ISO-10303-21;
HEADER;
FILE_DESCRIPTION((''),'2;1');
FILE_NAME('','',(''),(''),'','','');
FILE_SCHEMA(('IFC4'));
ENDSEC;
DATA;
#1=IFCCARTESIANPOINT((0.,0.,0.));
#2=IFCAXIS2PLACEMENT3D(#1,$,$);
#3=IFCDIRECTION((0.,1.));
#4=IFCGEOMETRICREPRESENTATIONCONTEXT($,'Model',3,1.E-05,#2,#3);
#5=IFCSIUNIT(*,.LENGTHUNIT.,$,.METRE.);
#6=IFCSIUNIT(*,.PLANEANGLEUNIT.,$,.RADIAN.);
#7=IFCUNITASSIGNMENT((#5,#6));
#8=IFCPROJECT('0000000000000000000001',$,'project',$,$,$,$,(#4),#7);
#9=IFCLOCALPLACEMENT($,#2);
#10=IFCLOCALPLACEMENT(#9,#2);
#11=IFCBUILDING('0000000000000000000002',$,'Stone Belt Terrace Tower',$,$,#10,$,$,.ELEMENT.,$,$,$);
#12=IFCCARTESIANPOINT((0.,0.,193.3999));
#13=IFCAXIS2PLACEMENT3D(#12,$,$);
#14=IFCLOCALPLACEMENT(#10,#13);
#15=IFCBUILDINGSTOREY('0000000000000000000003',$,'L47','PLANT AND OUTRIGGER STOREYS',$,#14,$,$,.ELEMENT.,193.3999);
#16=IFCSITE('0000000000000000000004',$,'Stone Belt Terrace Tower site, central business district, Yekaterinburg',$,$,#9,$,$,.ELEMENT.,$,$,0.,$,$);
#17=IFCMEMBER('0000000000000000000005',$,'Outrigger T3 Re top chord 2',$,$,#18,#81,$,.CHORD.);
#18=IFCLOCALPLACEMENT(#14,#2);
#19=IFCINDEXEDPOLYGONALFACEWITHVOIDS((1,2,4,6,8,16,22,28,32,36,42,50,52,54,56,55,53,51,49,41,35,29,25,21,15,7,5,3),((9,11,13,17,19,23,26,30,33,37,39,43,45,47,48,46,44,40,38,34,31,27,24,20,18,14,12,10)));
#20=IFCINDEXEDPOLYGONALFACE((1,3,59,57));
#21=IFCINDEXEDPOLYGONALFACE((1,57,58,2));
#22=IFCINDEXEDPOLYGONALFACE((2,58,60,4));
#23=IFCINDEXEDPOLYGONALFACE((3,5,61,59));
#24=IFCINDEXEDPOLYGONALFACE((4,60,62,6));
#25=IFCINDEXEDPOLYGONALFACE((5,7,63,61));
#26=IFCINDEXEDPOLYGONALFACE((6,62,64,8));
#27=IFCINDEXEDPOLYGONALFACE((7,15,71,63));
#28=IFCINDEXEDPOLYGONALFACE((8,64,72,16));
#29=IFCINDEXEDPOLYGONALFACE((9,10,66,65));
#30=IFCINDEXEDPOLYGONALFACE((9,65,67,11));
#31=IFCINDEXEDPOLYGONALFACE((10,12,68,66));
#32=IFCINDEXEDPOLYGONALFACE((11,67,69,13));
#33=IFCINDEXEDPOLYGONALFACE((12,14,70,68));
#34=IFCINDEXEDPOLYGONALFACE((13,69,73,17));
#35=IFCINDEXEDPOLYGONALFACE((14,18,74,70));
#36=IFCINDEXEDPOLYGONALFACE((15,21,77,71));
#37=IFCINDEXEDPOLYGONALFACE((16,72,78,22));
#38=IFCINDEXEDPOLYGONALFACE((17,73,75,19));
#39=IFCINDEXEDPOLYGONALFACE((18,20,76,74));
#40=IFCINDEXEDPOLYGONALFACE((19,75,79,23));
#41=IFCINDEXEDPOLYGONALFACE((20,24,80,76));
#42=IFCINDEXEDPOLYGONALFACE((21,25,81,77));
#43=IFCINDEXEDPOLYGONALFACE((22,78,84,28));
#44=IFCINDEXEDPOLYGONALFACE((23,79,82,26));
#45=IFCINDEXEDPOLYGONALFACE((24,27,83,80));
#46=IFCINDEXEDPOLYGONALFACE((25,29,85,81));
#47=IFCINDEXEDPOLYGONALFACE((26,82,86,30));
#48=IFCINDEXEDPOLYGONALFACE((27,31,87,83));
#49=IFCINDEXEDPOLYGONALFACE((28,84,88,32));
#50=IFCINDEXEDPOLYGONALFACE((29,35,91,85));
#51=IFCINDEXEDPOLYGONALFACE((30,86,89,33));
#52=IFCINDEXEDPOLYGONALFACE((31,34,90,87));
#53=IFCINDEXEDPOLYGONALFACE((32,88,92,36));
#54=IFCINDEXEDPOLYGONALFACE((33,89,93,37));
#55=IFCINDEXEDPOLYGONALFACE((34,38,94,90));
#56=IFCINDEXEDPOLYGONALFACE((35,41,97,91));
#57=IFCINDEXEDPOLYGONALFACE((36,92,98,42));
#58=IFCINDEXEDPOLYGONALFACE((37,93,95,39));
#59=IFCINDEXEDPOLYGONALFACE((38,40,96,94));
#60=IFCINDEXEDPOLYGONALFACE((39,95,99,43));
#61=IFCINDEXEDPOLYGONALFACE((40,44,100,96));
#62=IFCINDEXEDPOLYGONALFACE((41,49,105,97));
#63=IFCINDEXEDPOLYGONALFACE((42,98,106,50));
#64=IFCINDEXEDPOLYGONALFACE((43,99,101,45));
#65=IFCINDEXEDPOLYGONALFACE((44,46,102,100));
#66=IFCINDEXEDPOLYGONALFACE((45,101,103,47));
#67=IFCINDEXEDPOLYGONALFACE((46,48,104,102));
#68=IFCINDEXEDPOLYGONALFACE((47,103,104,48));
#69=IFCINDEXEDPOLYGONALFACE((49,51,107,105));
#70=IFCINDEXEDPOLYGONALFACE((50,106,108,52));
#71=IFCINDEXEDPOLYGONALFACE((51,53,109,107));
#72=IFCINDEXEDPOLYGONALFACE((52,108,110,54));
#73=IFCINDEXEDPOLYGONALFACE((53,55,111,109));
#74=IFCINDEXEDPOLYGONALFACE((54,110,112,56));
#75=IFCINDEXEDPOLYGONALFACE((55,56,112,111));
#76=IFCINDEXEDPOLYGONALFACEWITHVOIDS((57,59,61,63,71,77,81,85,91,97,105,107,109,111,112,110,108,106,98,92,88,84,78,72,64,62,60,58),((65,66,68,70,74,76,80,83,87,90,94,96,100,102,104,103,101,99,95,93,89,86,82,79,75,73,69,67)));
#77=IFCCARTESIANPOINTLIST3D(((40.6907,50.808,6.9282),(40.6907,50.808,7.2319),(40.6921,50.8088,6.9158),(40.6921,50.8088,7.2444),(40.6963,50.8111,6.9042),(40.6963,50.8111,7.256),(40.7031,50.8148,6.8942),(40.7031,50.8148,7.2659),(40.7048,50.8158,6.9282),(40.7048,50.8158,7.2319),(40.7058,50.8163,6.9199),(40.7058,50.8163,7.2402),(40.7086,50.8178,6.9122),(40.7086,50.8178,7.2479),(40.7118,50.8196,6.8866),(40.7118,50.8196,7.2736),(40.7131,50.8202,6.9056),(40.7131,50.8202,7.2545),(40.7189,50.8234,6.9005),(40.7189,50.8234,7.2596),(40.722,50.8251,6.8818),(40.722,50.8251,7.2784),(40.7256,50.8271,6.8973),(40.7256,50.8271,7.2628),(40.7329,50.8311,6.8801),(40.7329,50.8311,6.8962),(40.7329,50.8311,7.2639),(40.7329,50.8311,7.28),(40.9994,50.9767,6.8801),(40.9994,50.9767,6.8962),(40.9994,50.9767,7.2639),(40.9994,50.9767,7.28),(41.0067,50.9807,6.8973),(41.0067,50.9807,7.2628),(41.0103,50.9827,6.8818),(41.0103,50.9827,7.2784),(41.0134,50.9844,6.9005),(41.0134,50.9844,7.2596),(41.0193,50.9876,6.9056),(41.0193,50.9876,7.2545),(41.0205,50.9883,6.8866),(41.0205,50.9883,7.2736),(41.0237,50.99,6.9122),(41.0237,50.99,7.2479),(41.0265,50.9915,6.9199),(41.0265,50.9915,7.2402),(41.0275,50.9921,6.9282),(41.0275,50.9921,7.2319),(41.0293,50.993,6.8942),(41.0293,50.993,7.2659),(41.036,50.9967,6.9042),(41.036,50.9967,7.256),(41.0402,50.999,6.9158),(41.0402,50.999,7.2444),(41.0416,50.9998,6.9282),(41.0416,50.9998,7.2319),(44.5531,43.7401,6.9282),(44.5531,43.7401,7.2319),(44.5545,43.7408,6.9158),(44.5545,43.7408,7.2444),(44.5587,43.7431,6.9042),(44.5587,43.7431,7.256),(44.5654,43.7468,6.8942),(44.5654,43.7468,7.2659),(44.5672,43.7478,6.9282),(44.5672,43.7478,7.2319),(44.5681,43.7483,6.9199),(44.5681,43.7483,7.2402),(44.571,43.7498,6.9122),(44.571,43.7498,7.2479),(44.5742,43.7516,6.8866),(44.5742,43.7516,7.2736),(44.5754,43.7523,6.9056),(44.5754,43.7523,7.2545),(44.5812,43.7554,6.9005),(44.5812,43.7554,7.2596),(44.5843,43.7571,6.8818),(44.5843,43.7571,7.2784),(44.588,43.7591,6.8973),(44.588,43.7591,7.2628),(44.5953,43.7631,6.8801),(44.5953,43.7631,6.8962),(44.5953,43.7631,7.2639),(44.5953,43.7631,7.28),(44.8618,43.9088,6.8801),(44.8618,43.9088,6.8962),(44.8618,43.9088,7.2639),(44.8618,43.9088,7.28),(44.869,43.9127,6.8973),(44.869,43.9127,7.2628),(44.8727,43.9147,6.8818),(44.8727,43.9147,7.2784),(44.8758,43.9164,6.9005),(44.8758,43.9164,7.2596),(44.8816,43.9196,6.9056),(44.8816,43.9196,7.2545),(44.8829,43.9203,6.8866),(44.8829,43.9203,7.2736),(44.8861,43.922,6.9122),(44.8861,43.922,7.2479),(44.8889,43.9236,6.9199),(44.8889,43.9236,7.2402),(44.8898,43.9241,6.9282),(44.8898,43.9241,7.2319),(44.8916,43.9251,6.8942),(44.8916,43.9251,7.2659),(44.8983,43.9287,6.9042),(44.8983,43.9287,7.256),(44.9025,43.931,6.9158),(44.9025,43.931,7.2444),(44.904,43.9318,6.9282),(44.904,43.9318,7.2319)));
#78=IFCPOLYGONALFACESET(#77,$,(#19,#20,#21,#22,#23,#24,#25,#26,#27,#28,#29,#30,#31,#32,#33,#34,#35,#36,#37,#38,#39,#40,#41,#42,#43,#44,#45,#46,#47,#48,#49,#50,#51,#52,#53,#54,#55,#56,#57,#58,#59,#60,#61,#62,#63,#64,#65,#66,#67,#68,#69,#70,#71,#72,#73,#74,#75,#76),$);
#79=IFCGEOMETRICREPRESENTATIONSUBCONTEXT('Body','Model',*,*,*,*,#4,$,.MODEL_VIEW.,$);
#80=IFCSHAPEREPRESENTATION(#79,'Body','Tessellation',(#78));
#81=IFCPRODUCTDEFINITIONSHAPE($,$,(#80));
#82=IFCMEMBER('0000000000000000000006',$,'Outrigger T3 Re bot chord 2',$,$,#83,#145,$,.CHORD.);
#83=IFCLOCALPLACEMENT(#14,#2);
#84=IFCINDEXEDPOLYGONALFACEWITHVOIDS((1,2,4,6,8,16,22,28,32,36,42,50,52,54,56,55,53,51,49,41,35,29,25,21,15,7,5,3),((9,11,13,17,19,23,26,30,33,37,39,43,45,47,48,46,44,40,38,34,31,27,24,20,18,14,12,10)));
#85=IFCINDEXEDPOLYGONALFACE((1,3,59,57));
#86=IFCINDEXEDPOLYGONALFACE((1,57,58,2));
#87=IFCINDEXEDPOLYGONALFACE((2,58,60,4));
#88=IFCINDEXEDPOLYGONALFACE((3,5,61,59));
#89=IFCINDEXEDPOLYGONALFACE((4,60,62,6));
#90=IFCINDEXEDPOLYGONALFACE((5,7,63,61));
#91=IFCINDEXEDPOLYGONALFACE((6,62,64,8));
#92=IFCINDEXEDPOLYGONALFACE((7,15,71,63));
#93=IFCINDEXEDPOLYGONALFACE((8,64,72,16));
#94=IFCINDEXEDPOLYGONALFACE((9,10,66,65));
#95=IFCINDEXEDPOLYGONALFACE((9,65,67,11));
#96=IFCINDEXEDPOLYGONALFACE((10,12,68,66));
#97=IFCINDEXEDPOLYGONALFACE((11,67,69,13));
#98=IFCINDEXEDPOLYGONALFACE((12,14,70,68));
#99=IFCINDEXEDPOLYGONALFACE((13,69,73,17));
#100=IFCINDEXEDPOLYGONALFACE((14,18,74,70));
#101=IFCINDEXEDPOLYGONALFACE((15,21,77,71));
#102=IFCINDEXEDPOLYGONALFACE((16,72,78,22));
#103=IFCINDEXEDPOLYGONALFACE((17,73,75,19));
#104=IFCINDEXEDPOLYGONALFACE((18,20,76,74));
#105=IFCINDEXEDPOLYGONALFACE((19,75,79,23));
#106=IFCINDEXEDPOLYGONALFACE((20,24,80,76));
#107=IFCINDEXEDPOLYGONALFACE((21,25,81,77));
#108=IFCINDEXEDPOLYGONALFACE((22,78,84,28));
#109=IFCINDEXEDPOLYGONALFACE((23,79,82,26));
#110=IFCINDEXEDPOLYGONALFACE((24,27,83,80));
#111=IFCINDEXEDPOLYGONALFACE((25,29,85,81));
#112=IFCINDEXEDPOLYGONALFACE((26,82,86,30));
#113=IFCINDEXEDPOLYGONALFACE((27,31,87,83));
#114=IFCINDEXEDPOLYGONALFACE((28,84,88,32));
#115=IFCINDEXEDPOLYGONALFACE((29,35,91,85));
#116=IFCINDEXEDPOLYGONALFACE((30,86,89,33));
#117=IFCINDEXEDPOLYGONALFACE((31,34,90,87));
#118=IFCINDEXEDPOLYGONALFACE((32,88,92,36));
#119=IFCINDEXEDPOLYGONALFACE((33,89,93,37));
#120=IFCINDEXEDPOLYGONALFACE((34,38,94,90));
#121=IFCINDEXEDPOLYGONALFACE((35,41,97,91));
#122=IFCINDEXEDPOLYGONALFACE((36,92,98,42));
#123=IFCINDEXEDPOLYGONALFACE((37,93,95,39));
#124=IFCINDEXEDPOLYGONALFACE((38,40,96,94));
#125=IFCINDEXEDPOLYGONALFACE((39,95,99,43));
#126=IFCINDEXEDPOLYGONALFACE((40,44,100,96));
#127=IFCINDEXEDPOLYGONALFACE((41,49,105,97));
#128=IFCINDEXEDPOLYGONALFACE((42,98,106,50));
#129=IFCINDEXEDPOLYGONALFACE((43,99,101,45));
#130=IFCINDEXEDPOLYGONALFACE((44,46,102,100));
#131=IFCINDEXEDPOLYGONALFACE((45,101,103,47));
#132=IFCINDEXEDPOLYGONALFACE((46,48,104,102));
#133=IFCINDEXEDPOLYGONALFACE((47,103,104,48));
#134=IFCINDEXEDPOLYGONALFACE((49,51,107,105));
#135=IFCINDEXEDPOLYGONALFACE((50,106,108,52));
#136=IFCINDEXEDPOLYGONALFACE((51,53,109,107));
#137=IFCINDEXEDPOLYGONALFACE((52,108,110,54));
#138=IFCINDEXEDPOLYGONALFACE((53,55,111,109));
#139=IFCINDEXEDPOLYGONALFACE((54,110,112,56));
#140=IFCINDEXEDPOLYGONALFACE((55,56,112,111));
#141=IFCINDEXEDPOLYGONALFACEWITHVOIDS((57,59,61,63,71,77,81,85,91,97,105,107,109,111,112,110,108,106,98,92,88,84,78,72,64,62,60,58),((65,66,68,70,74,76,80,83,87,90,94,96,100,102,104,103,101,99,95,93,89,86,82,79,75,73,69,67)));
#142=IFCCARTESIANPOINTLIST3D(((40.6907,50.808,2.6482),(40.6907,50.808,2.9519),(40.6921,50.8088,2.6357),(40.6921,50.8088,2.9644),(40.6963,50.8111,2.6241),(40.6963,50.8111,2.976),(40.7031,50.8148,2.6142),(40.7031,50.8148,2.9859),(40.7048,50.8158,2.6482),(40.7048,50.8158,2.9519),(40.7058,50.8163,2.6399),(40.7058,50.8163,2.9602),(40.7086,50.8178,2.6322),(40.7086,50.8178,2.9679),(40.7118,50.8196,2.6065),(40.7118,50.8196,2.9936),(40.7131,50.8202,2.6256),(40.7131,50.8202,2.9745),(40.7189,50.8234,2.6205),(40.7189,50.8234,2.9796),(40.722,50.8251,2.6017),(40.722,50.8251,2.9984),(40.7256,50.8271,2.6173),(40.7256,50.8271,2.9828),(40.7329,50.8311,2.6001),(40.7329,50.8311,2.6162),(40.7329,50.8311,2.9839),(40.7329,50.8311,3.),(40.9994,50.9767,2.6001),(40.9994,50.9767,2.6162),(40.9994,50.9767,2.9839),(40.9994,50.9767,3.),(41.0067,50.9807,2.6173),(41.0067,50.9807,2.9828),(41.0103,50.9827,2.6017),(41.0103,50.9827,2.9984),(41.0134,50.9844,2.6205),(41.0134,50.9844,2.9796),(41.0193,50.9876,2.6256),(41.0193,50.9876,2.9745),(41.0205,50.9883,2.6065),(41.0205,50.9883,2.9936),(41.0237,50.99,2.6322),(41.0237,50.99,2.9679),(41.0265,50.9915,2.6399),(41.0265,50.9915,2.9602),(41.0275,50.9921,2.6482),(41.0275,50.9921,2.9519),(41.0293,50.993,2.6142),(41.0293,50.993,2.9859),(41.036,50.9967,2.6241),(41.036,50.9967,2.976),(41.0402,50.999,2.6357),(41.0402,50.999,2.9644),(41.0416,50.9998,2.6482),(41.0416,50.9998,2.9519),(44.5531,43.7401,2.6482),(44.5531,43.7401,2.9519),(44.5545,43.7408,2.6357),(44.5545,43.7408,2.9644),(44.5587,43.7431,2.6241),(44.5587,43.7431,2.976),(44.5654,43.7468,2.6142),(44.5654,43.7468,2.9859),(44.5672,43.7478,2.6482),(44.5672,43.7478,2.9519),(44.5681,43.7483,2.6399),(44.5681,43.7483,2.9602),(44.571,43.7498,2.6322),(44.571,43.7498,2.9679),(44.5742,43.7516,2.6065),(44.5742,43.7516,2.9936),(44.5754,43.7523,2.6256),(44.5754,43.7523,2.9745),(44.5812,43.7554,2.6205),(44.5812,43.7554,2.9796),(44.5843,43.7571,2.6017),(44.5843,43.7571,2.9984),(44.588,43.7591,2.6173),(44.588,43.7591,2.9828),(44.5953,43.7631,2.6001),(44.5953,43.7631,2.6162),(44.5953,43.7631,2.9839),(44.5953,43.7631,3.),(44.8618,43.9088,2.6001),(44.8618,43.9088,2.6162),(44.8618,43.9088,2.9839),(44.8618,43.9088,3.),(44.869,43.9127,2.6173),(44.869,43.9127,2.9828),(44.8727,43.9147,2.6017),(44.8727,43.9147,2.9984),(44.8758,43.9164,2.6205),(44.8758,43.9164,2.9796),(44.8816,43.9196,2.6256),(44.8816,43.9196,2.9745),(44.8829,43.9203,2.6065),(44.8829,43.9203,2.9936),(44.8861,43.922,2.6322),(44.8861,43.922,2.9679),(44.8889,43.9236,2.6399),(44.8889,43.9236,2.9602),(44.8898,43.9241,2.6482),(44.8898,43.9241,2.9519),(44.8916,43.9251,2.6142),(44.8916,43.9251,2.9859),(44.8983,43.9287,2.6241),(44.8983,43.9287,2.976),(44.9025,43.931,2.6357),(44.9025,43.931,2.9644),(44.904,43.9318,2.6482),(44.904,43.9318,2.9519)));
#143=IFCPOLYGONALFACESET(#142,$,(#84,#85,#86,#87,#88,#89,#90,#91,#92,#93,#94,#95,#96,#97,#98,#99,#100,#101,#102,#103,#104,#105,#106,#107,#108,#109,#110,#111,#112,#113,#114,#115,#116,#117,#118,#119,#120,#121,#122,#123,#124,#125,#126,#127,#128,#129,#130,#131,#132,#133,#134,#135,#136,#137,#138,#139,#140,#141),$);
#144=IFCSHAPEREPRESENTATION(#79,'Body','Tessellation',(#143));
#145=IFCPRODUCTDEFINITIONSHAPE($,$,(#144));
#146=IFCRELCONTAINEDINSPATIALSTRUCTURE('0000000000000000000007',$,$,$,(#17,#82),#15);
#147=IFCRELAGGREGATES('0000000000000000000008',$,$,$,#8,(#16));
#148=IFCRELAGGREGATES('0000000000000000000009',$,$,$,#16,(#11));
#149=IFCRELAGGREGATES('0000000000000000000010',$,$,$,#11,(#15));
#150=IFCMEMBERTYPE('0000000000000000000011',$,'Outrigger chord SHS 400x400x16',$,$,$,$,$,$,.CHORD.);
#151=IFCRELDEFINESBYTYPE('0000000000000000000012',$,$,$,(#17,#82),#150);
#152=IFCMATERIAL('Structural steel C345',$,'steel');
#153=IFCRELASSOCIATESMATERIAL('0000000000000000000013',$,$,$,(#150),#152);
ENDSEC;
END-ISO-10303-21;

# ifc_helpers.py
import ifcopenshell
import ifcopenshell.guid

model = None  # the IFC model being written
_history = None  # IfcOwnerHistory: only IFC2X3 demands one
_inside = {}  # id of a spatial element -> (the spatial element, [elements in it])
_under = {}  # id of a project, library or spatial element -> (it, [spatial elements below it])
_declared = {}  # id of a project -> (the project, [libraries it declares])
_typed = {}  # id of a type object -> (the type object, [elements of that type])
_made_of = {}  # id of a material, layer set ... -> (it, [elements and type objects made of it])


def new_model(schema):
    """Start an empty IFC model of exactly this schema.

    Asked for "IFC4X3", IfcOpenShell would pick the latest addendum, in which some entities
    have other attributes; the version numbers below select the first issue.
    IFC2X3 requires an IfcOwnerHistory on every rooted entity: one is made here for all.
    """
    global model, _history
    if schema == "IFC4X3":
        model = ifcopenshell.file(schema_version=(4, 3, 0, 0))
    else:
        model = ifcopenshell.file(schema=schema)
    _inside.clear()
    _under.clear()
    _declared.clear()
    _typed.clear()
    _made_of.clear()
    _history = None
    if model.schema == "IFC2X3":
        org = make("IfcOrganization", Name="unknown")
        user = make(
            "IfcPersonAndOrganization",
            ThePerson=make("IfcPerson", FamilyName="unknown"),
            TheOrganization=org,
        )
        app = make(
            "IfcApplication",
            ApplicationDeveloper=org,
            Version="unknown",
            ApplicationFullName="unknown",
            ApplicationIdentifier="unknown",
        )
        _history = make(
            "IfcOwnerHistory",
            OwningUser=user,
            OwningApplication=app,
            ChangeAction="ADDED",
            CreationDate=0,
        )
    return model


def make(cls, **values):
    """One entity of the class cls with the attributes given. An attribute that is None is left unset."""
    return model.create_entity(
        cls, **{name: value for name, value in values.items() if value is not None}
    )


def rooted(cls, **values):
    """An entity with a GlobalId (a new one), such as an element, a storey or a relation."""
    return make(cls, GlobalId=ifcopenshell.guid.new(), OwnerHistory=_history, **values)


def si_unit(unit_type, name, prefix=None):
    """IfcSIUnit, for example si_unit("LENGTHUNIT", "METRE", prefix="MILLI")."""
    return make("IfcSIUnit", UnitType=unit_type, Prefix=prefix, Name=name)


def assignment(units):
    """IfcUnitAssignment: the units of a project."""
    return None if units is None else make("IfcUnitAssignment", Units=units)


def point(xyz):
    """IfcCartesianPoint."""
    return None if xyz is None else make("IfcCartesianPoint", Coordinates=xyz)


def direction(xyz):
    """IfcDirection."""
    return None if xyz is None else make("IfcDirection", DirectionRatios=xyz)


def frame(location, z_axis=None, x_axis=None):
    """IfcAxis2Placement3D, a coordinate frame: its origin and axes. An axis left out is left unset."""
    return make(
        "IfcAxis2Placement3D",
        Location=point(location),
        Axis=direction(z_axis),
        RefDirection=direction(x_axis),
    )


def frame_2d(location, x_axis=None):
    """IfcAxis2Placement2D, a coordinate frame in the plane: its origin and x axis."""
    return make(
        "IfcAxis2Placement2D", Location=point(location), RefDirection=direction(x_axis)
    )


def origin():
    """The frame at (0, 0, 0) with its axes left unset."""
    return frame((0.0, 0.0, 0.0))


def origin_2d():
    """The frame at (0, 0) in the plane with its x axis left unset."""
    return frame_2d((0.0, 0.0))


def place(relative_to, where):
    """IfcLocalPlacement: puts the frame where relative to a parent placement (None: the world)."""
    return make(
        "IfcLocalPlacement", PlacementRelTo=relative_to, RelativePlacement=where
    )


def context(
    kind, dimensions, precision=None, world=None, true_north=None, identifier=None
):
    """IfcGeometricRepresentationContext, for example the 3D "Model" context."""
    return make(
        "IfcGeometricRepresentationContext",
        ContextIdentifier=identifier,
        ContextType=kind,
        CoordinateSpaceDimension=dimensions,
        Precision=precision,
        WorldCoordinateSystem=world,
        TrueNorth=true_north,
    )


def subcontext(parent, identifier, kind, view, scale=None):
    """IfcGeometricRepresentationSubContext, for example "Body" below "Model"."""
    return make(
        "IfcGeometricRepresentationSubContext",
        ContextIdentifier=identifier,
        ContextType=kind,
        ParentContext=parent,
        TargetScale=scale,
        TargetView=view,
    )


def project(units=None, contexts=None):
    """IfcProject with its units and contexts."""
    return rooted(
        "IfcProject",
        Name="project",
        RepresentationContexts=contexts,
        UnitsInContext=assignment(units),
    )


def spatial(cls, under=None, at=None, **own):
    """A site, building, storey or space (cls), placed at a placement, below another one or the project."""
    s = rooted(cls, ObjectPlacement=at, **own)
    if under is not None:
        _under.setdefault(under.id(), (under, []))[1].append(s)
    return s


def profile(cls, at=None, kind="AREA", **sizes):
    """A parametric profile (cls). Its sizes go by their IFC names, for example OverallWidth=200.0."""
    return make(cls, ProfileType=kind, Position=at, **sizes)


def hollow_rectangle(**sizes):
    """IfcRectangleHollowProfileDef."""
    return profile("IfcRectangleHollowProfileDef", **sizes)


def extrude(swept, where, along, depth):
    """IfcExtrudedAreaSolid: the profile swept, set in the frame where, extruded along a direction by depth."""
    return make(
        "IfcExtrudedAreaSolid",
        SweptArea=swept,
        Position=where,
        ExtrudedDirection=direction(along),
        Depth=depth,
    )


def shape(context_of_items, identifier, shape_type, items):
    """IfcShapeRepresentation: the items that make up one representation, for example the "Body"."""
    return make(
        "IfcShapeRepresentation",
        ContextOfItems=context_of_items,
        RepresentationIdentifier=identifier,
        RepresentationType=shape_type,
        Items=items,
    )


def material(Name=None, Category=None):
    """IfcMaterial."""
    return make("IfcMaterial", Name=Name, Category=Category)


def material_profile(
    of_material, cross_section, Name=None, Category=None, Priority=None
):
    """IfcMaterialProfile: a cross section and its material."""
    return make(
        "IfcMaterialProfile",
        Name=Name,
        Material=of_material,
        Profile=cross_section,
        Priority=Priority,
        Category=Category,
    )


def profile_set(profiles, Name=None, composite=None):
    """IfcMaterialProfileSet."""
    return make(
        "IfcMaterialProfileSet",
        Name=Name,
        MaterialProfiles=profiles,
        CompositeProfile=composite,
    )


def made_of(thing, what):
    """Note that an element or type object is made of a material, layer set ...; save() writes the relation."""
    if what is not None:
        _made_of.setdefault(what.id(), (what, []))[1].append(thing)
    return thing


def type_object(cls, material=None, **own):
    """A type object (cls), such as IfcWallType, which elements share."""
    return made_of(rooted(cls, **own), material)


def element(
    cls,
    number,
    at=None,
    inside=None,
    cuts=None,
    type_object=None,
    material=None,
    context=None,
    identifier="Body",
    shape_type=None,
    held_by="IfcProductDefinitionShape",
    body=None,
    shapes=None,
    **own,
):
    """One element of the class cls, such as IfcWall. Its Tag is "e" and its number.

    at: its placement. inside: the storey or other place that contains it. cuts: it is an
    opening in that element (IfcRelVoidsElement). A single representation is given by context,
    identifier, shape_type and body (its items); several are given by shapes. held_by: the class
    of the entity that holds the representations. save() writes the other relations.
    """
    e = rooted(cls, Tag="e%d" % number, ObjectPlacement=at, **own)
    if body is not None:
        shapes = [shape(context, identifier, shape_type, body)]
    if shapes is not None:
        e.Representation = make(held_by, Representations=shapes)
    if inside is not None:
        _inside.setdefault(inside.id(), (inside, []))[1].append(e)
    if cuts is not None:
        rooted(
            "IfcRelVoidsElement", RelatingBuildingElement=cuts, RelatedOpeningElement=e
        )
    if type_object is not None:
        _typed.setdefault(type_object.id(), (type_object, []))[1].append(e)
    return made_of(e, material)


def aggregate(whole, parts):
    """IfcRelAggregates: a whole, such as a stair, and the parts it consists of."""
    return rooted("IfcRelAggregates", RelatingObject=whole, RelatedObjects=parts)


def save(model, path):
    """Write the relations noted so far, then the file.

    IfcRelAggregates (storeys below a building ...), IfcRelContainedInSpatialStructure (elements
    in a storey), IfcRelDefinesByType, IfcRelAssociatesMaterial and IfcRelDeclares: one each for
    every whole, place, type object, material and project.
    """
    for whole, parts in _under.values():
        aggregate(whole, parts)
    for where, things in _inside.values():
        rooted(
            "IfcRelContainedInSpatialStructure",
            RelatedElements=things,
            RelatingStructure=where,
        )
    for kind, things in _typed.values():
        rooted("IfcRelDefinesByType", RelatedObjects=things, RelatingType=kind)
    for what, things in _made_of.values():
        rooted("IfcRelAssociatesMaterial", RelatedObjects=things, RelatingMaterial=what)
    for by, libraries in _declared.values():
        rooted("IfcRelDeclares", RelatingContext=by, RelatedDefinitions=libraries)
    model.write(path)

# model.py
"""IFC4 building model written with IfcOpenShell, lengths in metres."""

from ifc_helpers import new_model, si_unit, direction, frame, origin, origin_2d, place, context, subcontext, project, spatial, hollow_rectangle, extrude, material, material_profile, profile_set, type_object, element, save


model = new_model("IFC4")

# Units and contexts
model_context = context("Model", 3, precision=1e-05, world=origin(), true_north=direction((0.0, 1.0)))
body_context = subcontext(model_context, "Body", "Model", "MODEL_VIEW")
ifc_project = project(units=[si_unit("LENGTHUNIT", "METRE"), si_unit("PLANEANGLEUNIT", "RADIAN")], contexts=[model_context])

# Site, building, storey
site_placement = place(None, origin())
site = spatial("IfcSite", under=ifc_project, at=site_placement, Name="Stone Belt Terrace Tower site, central business district, Yekaterinburg", CompositionType="ELEMENT", RefElevation=0.0)
building_placement = place(site_placement, origin())
building = spatial("IfcBuilding", under=site, at=building_placement, Name="Stone Belt Terrace Tower", CompositionType="ELEMENT")
storey_placement = place(building_placement, frame((0.0, 0.0, 193.3999)))
storey = spatial("IfcBuildingStorey", under=building, at=storey_placement, Name="L47", Description="PLANT AND OUTRIGGER STOREYS", CompositionType="ELEMENT", Elevation=193.3999)

# Members
ifc_material_1 = material(Name="Structural steel C345", Category="steel")
ifc_material_profile_1 = material_profile(ifc_material_1, hollow_rectangle(XDim=0.3999, YDim=0.3999, WallThickness=0.0161, InnerFilletRadius=0.032, OuterFilletRadius=0.0481, at=origin_2d()), Name="SHS 400x400x16")
ifc_profile_set_1 = profile_set([ifc_material_profile_1], Name="Structural steel C345")
member_type_1 = type_object("IfcMemberType", Name="Outrigger chord SHS 400x400x16", PredefinedType="CHORD", material=ifc_profile_set_1)
for number, where, z_axis, x_axis, name in (
    (1, (44.7285, 43.8359, 7.0801), (-0.479532, 0.877525, 0.0), (-0.877525, -0.479532, 0.0), "Outrigger T3 Re top chord 2"),
    (2, (44.7285, 43.8359, 2.8), (-0.479532, 0.877525, 0.0), (-0.877525, -0.479532, 0.0), "Outrigger T3 Re bot chord 2"),
):
    element("IfcMember", number, at=place(storey_placement, frame(where, z_axis=z_axis, x_axis=x_axis)), inside=storey, type_object=member_type_1, Name=name, PredefinedType="CHORD", context=body_context, shape_type="SweptSolid", body=[
        extrude(hollow_rectangle(XDim=0.3999, YDim=0.3999, WallThickness=0.0161, InnerFilletRadius=0.032, OuterFilletRadius=0.0481, at=origin_2d()), origin(), (0.0, 0.0, 1.0), 8.0544),
    ])

save(model, "model.ifc")
